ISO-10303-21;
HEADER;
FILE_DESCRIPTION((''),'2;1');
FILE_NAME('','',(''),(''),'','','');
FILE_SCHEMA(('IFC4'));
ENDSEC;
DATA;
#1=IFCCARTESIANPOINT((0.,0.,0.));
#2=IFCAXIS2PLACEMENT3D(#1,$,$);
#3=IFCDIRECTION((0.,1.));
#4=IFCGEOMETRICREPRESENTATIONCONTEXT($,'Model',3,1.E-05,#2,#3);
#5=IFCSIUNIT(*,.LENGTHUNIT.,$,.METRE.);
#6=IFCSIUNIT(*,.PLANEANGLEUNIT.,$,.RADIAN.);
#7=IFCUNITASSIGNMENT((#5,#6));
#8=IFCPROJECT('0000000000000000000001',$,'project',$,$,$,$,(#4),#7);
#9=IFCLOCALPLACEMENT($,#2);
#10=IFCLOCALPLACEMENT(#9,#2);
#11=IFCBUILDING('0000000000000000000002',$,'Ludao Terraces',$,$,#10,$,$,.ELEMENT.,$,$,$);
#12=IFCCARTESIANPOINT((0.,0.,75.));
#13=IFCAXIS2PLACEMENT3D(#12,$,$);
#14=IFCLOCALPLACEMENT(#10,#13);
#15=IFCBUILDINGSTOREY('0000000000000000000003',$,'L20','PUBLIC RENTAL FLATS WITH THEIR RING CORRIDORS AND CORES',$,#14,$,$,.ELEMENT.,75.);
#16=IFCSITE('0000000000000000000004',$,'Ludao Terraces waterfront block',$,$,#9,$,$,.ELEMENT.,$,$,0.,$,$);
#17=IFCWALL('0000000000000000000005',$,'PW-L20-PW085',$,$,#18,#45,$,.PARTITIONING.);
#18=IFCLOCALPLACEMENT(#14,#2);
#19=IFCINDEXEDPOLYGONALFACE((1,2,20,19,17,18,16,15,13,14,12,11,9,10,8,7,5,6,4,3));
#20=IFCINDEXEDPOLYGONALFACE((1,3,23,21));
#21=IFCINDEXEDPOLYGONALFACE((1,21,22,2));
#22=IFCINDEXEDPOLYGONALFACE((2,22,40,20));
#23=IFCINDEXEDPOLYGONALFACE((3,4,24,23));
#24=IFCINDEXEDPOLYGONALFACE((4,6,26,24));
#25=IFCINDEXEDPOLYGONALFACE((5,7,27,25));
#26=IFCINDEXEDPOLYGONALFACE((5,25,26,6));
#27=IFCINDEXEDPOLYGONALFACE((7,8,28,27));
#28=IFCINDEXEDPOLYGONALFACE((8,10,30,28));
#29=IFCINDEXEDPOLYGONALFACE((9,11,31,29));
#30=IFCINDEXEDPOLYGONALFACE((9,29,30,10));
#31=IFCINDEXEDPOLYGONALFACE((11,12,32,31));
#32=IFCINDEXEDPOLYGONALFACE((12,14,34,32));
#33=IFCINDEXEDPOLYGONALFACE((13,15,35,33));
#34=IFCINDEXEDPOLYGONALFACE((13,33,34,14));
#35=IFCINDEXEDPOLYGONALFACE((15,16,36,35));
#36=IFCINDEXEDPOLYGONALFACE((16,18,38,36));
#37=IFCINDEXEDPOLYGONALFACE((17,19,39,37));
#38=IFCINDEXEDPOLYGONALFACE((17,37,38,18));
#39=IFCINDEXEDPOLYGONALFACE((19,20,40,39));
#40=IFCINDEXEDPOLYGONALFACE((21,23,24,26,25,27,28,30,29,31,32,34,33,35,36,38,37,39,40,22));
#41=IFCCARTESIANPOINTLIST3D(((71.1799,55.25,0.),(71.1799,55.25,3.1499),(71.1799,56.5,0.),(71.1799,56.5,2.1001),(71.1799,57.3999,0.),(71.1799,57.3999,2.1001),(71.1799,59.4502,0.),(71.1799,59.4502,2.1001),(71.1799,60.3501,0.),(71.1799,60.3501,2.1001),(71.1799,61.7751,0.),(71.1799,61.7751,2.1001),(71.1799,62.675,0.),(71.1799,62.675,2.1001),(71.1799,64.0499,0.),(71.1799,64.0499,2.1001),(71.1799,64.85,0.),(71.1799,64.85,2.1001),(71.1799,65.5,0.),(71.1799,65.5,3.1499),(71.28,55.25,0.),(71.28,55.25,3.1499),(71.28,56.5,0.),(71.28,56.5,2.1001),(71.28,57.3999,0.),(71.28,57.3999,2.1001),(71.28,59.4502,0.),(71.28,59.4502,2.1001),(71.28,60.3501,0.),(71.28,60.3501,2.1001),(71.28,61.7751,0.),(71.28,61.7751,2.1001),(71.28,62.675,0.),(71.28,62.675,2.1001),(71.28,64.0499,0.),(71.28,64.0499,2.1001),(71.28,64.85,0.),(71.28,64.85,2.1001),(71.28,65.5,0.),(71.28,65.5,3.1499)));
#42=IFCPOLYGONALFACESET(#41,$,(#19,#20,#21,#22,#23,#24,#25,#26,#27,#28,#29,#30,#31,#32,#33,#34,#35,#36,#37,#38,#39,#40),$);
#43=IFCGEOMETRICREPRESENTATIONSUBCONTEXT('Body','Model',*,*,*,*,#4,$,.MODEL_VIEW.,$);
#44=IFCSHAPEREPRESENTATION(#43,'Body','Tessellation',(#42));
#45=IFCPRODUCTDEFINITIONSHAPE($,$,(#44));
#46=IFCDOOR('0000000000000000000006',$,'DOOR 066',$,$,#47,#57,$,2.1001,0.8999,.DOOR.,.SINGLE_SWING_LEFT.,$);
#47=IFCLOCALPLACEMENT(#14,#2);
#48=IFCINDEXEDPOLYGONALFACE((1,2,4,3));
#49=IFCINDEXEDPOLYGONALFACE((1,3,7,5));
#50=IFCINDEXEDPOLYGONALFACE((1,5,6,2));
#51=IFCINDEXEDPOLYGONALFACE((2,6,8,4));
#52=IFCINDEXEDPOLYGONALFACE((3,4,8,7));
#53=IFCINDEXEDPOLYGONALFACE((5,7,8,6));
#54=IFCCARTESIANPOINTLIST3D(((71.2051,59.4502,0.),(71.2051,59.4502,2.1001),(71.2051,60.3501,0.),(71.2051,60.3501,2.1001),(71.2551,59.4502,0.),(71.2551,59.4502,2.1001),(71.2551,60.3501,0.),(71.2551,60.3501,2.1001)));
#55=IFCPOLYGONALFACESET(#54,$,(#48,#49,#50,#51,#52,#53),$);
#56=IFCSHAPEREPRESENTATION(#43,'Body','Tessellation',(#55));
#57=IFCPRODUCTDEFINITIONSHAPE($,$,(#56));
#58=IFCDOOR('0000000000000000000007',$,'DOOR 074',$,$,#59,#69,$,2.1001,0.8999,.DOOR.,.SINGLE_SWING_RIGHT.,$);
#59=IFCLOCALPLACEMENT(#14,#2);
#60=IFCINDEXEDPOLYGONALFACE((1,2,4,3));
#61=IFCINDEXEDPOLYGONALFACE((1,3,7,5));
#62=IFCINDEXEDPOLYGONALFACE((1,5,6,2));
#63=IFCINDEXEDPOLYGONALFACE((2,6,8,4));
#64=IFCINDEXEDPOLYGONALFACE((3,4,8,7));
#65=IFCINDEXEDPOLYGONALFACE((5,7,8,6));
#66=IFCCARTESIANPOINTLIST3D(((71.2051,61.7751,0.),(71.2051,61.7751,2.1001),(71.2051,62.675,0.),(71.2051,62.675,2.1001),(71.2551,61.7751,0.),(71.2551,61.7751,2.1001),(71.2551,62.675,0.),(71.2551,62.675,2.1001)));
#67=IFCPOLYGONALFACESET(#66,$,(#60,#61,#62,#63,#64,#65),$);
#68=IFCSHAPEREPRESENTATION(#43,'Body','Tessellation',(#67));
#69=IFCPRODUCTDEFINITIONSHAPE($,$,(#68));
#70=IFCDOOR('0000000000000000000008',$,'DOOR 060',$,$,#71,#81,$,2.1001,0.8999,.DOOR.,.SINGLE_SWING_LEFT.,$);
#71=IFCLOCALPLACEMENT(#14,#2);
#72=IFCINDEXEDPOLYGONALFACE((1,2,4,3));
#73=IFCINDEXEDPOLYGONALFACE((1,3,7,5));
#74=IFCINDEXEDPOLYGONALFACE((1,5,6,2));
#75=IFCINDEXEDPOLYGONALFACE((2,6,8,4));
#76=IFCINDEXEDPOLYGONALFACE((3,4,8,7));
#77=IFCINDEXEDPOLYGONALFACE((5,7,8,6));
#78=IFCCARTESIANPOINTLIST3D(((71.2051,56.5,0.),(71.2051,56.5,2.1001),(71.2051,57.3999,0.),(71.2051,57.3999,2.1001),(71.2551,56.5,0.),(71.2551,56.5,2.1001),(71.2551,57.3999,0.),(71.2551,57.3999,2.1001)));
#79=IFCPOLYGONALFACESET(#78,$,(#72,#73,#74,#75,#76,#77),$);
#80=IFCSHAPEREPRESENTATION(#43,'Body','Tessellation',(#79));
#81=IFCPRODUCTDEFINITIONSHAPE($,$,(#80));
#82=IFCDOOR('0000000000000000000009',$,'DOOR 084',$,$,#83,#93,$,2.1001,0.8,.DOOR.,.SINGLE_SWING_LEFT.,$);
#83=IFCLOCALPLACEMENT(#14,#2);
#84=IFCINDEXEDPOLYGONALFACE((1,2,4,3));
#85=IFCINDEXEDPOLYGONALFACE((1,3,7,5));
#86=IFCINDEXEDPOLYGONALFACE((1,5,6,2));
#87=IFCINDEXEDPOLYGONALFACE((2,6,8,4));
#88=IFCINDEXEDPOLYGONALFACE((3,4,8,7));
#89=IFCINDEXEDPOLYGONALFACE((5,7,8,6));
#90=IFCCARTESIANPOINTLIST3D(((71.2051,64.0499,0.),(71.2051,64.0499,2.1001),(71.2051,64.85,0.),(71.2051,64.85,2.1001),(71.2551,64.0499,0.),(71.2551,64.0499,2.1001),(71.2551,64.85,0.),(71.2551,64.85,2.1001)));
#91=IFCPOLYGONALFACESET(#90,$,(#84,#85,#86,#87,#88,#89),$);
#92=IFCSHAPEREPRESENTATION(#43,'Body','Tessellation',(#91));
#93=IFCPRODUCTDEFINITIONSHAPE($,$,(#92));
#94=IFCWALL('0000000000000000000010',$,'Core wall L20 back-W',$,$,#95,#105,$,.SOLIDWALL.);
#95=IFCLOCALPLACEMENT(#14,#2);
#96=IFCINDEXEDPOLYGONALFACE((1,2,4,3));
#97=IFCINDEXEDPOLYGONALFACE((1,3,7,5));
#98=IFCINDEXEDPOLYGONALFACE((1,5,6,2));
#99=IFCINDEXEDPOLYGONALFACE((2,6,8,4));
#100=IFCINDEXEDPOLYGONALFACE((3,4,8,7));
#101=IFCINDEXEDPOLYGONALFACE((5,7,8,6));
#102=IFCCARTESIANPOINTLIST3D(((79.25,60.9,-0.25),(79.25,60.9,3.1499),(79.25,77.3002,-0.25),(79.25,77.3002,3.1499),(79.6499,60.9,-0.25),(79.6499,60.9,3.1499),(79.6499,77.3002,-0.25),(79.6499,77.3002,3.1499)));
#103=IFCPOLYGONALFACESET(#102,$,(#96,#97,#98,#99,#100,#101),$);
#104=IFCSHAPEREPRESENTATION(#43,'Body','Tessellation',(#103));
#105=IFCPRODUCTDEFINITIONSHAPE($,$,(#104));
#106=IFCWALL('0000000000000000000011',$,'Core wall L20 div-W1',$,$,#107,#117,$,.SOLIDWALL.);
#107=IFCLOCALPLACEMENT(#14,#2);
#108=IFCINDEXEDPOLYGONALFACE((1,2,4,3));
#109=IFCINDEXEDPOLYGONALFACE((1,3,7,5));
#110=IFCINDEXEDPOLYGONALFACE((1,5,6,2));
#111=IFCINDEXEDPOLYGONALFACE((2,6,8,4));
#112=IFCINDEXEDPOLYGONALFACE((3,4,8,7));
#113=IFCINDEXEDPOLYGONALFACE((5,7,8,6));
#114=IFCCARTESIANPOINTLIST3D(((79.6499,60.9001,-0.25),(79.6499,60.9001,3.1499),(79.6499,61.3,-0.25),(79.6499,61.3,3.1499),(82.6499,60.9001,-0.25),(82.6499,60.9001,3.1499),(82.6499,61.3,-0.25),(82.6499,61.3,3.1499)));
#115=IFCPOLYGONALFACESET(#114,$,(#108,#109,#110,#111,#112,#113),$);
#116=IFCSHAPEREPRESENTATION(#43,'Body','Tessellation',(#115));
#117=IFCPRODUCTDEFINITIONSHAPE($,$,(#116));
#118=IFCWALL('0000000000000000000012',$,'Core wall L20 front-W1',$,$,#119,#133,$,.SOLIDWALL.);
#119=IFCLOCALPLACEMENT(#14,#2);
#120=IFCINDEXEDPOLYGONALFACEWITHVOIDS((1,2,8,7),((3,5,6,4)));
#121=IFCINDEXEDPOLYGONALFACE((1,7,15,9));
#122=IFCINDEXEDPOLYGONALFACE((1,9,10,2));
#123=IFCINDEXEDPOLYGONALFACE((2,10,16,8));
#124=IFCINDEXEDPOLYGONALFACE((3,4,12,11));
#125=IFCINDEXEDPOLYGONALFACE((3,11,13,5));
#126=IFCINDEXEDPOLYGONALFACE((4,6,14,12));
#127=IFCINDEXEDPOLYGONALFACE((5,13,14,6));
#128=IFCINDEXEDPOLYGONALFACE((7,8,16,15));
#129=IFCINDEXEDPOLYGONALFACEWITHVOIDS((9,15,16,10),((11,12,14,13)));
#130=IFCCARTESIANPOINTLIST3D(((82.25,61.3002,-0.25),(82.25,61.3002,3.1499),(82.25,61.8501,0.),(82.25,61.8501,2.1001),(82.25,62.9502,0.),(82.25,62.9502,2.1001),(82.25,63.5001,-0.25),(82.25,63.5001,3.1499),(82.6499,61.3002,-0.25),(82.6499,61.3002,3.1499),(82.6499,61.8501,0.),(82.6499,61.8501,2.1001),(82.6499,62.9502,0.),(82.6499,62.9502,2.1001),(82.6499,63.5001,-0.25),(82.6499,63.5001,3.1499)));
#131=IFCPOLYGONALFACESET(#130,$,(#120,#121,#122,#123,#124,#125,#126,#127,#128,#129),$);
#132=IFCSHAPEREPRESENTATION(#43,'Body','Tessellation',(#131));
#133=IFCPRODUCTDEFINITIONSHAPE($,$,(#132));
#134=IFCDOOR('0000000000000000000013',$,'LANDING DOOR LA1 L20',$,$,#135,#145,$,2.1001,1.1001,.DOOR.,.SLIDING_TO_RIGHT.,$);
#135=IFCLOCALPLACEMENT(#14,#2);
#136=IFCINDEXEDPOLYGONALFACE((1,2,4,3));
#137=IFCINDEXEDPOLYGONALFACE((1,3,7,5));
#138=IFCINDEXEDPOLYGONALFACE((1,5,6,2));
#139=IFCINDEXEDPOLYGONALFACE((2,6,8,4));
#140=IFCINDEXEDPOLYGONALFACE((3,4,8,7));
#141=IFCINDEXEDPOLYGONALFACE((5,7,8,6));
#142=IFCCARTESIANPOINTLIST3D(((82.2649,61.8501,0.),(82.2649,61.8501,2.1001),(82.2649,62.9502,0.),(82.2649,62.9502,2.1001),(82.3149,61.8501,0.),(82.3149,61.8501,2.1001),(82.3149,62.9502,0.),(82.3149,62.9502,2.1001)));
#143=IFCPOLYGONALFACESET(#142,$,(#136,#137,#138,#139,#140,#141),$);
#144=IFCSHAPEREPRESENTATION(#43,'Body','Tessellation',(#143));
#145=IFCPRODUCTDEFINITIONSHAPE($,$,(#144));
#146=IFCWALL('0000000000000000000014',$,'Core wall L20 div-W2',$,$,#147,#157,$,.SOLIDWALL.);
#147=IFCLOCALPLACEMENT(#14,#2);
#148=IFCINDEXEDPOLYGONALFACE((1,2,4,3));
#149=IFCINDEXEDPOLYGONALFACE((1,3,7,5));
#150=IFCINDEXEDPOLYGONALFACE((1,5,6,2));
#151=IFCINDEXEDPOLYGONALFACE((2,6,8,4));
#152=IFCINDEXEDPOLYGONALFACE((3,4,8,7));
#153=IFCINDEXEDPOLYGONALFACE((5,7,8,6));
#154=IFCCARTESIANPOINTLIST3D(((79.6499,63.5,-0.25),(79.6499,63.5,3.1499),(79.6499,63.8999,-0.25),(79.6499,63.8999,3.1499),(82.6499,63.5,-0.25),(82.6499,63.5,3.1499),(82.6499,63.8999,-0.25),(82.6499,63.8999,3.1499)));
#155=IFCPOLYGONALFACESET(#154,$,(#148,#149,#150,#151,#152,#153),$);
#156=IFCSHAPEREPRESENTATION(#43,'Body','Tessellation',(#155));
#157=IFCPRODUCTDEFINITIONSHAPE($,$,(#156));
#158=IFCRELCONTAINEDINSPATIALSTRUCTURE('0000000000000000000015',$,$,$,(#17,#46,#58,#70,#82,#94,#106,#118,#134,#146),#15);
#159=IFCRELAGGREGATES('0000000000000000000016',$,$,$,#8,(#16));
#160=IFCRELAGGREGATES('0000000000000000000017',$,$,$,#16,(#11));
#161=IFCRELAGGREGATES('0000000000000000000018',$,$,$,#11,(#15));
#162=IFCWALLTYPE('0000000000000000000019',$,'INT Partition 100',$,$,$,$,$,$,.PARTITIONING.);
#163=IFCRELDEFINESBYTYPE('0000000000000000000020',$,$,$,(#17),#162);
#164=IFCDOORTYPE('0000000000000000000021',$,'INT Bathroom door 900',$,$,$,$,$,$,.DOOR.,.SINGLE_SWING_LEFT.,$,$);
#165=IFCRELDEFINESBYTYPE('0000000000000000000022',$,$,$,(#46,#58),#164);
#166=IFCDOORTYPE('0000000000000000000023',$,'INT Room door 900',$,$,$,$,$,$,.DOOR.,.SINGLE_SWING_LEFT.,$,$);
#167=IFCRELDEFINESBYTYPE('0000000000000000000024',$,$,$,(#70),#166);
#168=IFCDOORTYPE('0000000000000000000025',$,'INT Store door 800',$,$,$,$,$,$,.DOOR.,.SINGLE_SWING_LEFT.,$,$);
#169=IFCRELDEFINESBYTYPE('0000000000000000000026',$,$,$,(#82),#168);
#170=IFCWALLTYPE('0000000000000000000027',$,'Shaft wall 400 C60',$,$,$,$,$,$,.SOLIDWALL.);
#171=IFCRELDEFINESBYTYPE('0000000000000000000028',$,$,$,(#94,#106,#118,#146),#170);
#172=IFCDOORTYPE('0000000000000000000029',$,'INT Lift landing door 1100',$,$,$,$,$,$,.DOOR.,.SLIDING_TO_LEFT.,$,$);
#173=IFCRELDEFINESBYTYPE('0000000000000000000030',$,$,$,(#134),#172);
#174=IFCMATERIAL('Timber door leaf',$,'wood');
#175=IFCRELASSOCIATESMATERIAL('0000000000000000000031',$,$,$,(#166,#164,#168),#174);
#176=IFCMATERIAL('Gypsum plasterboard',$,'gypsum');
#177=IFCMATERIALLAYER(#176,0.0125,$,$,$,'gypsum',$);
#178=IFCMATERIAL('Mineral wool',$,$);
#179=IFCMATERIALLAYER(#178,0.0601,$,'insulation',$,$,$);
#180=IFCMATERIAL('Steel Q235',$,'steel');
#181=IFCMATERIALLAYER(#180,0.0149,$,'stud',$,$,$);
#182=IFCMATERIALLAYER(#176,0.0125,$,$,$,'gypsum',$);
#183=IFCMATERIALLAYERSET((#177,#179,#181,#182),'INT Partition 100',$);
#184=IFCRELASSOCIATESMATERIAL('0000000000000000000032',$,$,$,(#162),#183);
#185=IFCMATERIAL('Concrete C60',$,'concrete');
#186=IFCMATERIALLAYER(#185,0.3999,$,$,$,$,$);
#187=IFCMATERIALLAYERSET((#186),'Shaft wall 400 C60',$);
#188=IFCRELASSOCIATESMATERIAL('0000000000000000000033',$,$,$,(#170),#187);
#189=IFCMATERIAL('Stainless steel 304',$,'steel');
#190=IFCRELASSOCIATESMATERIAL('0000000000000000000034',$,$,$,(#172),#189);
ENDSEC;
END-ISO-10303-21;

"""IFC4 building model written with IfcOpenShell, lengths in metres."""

from ifc_helpers import new_model, si_unit, direction, frame, frame_2d, origin, place, context, subcontext, project, spatial, rectangle, extrude, material, layer, layer_set, type_object, element, fill, save


model = new_model("IFC4")

# Units and contexts
model_context = context("Model", 3, precision=1e-05, world=origin(), true_north=direction((0.0, 1.0)))
body_context = subcontext(model_context, "Body", "Model", "MODEL_VIEW")
ifc_project = project(units=[si_unit("LENGTHUNIT", "METRE"), si_unit("PLANEANGLEUNIT", "RADIAN")], contexts=[model_context])

# Site, building, storey
site_placement = place(None, origin())
site = spatial("IfcSite", under=ifc_project, at=site_placement, Name="Ludao Terraces waterfront block", CompositionType="ELEMENT", RefElevation=0.0)
building_placement = place(site_placement, origin())
building = spatial("IfcBuilding", under=site, at=building_placement, Name="Ludao Terraces", CompositionType="ELEMENT")
storey_placement = place(building_placement, frame((0.0, 0.0, 75.0)))
storey = spatial("IfcBuildingStorey", under=building, at=storey_placement, Name="L20", Description="PUBLIC RENTAL FLATS WITH THEIR RING CORRIDORS AND CORES", CompositionType="ELEMENT", Elevation=75.0)

# Shared definitions
ifc_material_1 = material(Name="Steel Q235", Category="steel")
ifc_material_2 = material(Name="Mineral wool")
ifc_material_3 = material(Name="Timber door leaf", Category="wood")
door_type_1 = type_object("IfcDoorType", Name="INT Room door 900", OperationType="SINGLE_SWING_LEFT", PredefinedType="DOOR", material=ifc_material_3)

# Shared definitions
ifc_material_4 = material(Name="Gypsum plasterboard", Category="gypsum")
ifc_layer_1 = layer(ifc_material_4, 0.0125, Category="gypsum")
ifc_layer_2 = layer(ifc_material_2, 0.0601, Name="insulation")
ifc_layer_3 = layer(ifc_material_1, 0.0149, Name="stud")
ifc_layer_4 = layer(ifc_material_4, 0.0125, Category="gypsum")
ifc_layer_set_1 = layer_set([ifc_layer_1, ifc_layer_2, ifc_layer_3, ifc_layer_4], Name="INT Partition 100")
wall_type_1 = type_object("IfcWallType", Name="INT Partition 100", PredefinedType="PARTITIONING", material=ifc_layer_set_1)

# Wall, openings, doors
wall_1_placement = place(storey_placement, frame((71.23, 55.25, 0.0), z_axis=(0.0, 0.0, 1.0), x_axis=(0.0, 1.0, 0.0)))
wall_1 = element("IfcWall", 1, at=wall_1_placement, inside=storey, type_object=wall_type_1, Name="PW-L20-PW085", PredefinedType="PARTITIONING", context=body_context, shape_type="SweptSolid", body=[
    extrude(rectangle(XDim=10.25, YDim=0.1001, at=frame_2d((5.125, 0.0))), origin(), (0.0, 0.0, 1.0), 3.1499),
])
opening_1_placement = place(wall_1_placement, frame((1.25, 0.0, 0.0)))
opening_1 = element("IfcOpeningElement", 2, at=opening_1_placement, cuts=wall_1, PredefinedType="OPENING", context=body_context, shape_type="SweptSolid", body=[
    extrude(rectangle(XDim=0.8999, YDim=2.1001, at=frame_2d((0.45, 1.05))), frame((0.0, 0.0601, 0.0), z_axis=(0.0, -1.0, 0.0), x_axis=(1.0, 0.0, 0.0)), (0.0, 0.0, 1.0), 0.1201),
])
opening_2_placement = place(wall_1_placement, frame((4.2002, 0.0, 0.0)))
opening_2 = element("IfcOpeningElement", 3, at=opening_2_placement, cuts=wall_1, PredefinedType="OPENING", context=body_context, shape_type="SweptSolid", body=[
    extrude(rectangle(XDim=0.8999, YDim=2.1001, at=frame_2d((0.45, 1.05))), frame((0.0, 0.0601, 0.0), z_axis=(0.0, -1.0, 0.0), x_axis=(1.0, 0.0, 0.0)), (0.0, 0.0, 1.0), 0.1201),
])
opening_3_placement = place(wall_1_placement, frame((6.5251, 0.0, 0.0)))
opening_3 = element("IfcOpeningElement", 4, at=opening_3_placement, cuts=wall_1, PredefinedType="OPENING", context=body_context, shape_type="SweptSolid", body=[
    extrude(rectangle(XDim=0.8999, YDim=2.1001, at=frame_2d((0.45, 1.05))), frame((0.0, 0.0601, 0.0), z_axis=(0.0, -1.0, 0.0), x_axis=(1.0, 0.0, 0.0)), (0.0, 0.0, 1.0), 0.1201),
])
opening_4_placement = place(wall_1_placement, frame((8.8, 0.0, 0.0)))
opening_4 = element("IfcOpeningElement", 5, at=opening_4_placement, cuts=wall_1, PredefinedType="OPENING", context=body_context, shape_type="SweptSolid", body=[
    extrude(rectangle(XDim=0.8, YDim=2.1001, at=frame_2d((0.3999, 1.05))), frame((0.0, 0.0601, 0.0), z_axis=(0.0, -1.0, 0.0), x_axis=(1.0, 0.0, 0.0)), (0.0, 0.0, 1.0), 0.1201),
])
door_type_2 = type_object("IfcDoorType", Name="INT Bathroom door 900", OperationType="SINGLE_SWING_LEFT", PredefinedType="DOOR", material=ifc_material_3)
door_1_placement = place(opening_2_placement, origin())
door_1 = element("IfcDoor", 6, at=door_1_placement, inside=storey, type_object=door_type_2, Name="DOOR 066", OperationType="SINGLE_SWING_LEFT", OverallHeight=2.1001, OverallWidth=0.8999, PredefinedType="DOOR", context=body_context, shape_type="SweptSolid", body=[
    extrude(rectangle(XDim=0.8999, YDim=2.1001, at=frame_2d((0.45, 1.05))), frame((0.0, 0.0249, 0.0), z_axis=(0.0, -1.0, 0.0), x_axis=(1.0, 0.0, 0.0)), (0.0, 0.0, 1.0), 0.05),
])
fill(opening_2, door_1)
door_2_placement = place(opening_3_placement, origin())
door_2 = element("IfcDoor", 7, at=door_2_placement, inside=storey, type_object=door_type_2, Name="DOOR 074", OperationType="SINGLE_SWING_RIGHT", OverallHeight=2.1001, OverallWidth=0.8999, PredefinedType="DOOR", context=body_context, shape_type="SweptSolid", body=[
    extrude(rectangle(XDim=0.8999, YDim=2.1001, at=frame_2d((0.45, 1.05))), frame((0.0, 0.0249, 0.0), z_axis=(0.0, -1.0, 0.0), x_axis=(1.0, 0.0, 0.0)), (0.0, 0.0, 1.0), 0.05),
])
fill(opening_3, door_2)
door_3_placement = place(opening_1_placement, origin())
door_3 = element("IfcDoor", 8, at=door_3_placement, inside=storey, type_object=door_type_1, Name="DOOR 060", OperationType="SINGLE_SWING_LEFT", OverallHeight=2.1001, OverallWidth=0.8999, PredefinedType="DOOR", context=body_context, shape_type="SweptSolid", body=[
    extrude(rectangle(XDim=0.8999, YDim=2.1001, at=frame_2d((0.45, 1.05))), frame((0.0, 0.0249, 0.0), z_axis=(0.0, -1.0, 0.0), x_axis=(1.0, 0.0, 0.0)), (0.0, 0.0, 1.0), 0.05),
])
fill(opening_1, door_3)
door_type_3 = type_object("IfcDoorType", Name="INT Store door 800", OperationType="SINGLE_SWING_LEFT", PredefinedType="DOOR", material=ifc_material_3)
door_4_placement = place(opening_4_placement, origin())
door_4 = element("IfcDoor", 9, at=door_4_placement, inside=storey, type_object=door_type_3, Name="DOOR 084", OperationType="SINGLE_SWING_LEFT", OverallHeight=2.1001, OverallWidth=0.8, PredefinedType="DOOR", context=body_context, shape_type="SweptSolid", body=[
    extrude(rectangle(XDim=0.8, YDim=2.1001, at=frame_2d((0.3999, 1.05))), frame((0.0, 0.0249, 0.0), z_axis=(0.0, -1.0, 0.0), x_axis=(1.0, 0.0, 0.0)), (0.0, 0.0, 1.0), 0.05),
])
fill(opening_4, door_4)

# Walls
ifc_material_5 = material(Name="Concrete C60", Category="concrete")
ifc_layer_5 = layer(ifc_material_5, 0.3999)
ifc_layer_set_2 = layer_set([ifc_layer_5], Name="Shaft wall 400 C60")
wall_type_2 = type_object("IfcWallType", Name="Shaft wall 400 C60", PredefinedType="SOLIDWALL", material=ifc_layer_set_2)
wall_2_placement = place(storey_placement, frame((79.45, 60.8999, -0.25), z_axis=(0.0, 0.0, 1.0), x_axis=(0.0, 1.0, 0.0)))
element("IfcWall", 10, at=wall_2_placement, inside=storey, type_object=wall_type_2, Name="Core wall L20 back-W", PredefinedType="SOLIDWALL", context=body_context, shape_type="SweptSolid", body=[
    extrude(rectangle(XDim=16.4001, YDim=0.3999, at=frame_2d((8.2002, 0.0))), origin(), (0.0, 0.0, 1.0), 3.3999),
])
wall_3_placement = place(storey_placement, frame((79.6499, 61.1001, -0.25), z_axis=(0.0, 0.0, 1.0), x_axis=(1.0, 0.0, 0.0)))
element("IfcWall", 11, at=wall_3_placement, inside=storey, type_object=wall_type_2, Name="Core wall L20 div-W1", PredefinedType="SOLIDWALL", context=body_context, shape_type="SweptSolid", body=[
    extrude(rectangle(XDim=3.0, YDim=0.3999, at=frame_2d((1.5, 0.0))), origin(), (0.0, 0.0, 1.0), 3.3999),
])

# Wall, opening, door
wall_4_placement = place(storey_placement, frame((82.45, 61.3, -0.25), z_axis=(0.0, 0.0, 1.0), x_axis=(0.0, 1.0, 0.0)))
wall_4 = element("IfcWall", 12, at=wall_4_placement, inside=storey, type_object=wall_type_2, Name="Core wall L20 front-W1", PredefinedType="SOLIDWALL", context=body_context, shape_type="SweptSolid", body=[
    extrude(rectangle(XDim=2.2, YDim=0.3999, at=frame_2d((1.1001, 0.0))), origin(), (0.0, 0.0, 1.0), 3.3999),
])
opening_5_placement = place(wall_4_placement, frame((0.55, 0.0, 0.25)))
opening_5 = element("IfcOpeningElement", 13, at=opening_5_placement, cuts=wall_4, PredefinedType="OPENING", context=body_context, shape_type="SweptSolid", body=[
    extrude(rectangle(XDim=1.1001, YDim=2.1001, at=frame_2d((0.55, 1.05))), frame((0.0, 0.21, 0.0), z_axis=(0.0, -1.0, 0.0), x_axis=(1.0, 0.0, 0.0)), (0.0, 0.0, 1.0), 0.4199),
])
ifc_material_6 = material(Name="Stainless steel 304", Category="steel")
door_type_4 = type_object("IfcDoorType", Name="INT Lift landing door 1100", OperationType="SLIDING_TO_LEFT", PredefinedType="DOOR", material=ifc_material_6)
door_5_placement = place(opening_5_placement, origin())
door_5 = element("IfcDoor", 14, at=door_5_placement, inside=storey, type_object=door_type_4, Name="LANDING DOOR LA1 L20", OperationType="SLIDING_TO_RIGHT", OverallHeight=2.1001, OverallWidth=1.1001, PredefinedType="DOOR", context=body_context, shape_type="SweptSolid", body=[
    extrude(rectangle(XDim=1.1001, YDim=2.1001, at=frame_2d((0.55, 1.05))), frame((0.0, 0.1851, 0.0), z_axis=(0.0, -1.0, 0.0), x_axis=(1.0, 0.0, 0.0)), (0.0, 0.0, 1.0), 0.05),
])
fill(opening_5, door_5)

# Wall
wall_5_placement = place(storey_placement, frame((79.6499, 63.7, -0.25), z_axis=(0.0, 0.0, 1.0), x_axis=(1.0, 0.0, 0.0)))
element("IfcWall", 15, at=wall_5_placement, inside=storey, type_object=wall_type_2, Name="Core wall L20 div-W2", PredefinedType="SOLIDWALL", context=body_context, shape_type="SweptSolid", body=[
    extrude(rectangle(XDim=3.0, YDim=0.3999, at=frame_2d((1.5, 0.0))), origin(), (0.0, 0.0, 1.0), 3.3999),
])

save(model, "model.ifc")
